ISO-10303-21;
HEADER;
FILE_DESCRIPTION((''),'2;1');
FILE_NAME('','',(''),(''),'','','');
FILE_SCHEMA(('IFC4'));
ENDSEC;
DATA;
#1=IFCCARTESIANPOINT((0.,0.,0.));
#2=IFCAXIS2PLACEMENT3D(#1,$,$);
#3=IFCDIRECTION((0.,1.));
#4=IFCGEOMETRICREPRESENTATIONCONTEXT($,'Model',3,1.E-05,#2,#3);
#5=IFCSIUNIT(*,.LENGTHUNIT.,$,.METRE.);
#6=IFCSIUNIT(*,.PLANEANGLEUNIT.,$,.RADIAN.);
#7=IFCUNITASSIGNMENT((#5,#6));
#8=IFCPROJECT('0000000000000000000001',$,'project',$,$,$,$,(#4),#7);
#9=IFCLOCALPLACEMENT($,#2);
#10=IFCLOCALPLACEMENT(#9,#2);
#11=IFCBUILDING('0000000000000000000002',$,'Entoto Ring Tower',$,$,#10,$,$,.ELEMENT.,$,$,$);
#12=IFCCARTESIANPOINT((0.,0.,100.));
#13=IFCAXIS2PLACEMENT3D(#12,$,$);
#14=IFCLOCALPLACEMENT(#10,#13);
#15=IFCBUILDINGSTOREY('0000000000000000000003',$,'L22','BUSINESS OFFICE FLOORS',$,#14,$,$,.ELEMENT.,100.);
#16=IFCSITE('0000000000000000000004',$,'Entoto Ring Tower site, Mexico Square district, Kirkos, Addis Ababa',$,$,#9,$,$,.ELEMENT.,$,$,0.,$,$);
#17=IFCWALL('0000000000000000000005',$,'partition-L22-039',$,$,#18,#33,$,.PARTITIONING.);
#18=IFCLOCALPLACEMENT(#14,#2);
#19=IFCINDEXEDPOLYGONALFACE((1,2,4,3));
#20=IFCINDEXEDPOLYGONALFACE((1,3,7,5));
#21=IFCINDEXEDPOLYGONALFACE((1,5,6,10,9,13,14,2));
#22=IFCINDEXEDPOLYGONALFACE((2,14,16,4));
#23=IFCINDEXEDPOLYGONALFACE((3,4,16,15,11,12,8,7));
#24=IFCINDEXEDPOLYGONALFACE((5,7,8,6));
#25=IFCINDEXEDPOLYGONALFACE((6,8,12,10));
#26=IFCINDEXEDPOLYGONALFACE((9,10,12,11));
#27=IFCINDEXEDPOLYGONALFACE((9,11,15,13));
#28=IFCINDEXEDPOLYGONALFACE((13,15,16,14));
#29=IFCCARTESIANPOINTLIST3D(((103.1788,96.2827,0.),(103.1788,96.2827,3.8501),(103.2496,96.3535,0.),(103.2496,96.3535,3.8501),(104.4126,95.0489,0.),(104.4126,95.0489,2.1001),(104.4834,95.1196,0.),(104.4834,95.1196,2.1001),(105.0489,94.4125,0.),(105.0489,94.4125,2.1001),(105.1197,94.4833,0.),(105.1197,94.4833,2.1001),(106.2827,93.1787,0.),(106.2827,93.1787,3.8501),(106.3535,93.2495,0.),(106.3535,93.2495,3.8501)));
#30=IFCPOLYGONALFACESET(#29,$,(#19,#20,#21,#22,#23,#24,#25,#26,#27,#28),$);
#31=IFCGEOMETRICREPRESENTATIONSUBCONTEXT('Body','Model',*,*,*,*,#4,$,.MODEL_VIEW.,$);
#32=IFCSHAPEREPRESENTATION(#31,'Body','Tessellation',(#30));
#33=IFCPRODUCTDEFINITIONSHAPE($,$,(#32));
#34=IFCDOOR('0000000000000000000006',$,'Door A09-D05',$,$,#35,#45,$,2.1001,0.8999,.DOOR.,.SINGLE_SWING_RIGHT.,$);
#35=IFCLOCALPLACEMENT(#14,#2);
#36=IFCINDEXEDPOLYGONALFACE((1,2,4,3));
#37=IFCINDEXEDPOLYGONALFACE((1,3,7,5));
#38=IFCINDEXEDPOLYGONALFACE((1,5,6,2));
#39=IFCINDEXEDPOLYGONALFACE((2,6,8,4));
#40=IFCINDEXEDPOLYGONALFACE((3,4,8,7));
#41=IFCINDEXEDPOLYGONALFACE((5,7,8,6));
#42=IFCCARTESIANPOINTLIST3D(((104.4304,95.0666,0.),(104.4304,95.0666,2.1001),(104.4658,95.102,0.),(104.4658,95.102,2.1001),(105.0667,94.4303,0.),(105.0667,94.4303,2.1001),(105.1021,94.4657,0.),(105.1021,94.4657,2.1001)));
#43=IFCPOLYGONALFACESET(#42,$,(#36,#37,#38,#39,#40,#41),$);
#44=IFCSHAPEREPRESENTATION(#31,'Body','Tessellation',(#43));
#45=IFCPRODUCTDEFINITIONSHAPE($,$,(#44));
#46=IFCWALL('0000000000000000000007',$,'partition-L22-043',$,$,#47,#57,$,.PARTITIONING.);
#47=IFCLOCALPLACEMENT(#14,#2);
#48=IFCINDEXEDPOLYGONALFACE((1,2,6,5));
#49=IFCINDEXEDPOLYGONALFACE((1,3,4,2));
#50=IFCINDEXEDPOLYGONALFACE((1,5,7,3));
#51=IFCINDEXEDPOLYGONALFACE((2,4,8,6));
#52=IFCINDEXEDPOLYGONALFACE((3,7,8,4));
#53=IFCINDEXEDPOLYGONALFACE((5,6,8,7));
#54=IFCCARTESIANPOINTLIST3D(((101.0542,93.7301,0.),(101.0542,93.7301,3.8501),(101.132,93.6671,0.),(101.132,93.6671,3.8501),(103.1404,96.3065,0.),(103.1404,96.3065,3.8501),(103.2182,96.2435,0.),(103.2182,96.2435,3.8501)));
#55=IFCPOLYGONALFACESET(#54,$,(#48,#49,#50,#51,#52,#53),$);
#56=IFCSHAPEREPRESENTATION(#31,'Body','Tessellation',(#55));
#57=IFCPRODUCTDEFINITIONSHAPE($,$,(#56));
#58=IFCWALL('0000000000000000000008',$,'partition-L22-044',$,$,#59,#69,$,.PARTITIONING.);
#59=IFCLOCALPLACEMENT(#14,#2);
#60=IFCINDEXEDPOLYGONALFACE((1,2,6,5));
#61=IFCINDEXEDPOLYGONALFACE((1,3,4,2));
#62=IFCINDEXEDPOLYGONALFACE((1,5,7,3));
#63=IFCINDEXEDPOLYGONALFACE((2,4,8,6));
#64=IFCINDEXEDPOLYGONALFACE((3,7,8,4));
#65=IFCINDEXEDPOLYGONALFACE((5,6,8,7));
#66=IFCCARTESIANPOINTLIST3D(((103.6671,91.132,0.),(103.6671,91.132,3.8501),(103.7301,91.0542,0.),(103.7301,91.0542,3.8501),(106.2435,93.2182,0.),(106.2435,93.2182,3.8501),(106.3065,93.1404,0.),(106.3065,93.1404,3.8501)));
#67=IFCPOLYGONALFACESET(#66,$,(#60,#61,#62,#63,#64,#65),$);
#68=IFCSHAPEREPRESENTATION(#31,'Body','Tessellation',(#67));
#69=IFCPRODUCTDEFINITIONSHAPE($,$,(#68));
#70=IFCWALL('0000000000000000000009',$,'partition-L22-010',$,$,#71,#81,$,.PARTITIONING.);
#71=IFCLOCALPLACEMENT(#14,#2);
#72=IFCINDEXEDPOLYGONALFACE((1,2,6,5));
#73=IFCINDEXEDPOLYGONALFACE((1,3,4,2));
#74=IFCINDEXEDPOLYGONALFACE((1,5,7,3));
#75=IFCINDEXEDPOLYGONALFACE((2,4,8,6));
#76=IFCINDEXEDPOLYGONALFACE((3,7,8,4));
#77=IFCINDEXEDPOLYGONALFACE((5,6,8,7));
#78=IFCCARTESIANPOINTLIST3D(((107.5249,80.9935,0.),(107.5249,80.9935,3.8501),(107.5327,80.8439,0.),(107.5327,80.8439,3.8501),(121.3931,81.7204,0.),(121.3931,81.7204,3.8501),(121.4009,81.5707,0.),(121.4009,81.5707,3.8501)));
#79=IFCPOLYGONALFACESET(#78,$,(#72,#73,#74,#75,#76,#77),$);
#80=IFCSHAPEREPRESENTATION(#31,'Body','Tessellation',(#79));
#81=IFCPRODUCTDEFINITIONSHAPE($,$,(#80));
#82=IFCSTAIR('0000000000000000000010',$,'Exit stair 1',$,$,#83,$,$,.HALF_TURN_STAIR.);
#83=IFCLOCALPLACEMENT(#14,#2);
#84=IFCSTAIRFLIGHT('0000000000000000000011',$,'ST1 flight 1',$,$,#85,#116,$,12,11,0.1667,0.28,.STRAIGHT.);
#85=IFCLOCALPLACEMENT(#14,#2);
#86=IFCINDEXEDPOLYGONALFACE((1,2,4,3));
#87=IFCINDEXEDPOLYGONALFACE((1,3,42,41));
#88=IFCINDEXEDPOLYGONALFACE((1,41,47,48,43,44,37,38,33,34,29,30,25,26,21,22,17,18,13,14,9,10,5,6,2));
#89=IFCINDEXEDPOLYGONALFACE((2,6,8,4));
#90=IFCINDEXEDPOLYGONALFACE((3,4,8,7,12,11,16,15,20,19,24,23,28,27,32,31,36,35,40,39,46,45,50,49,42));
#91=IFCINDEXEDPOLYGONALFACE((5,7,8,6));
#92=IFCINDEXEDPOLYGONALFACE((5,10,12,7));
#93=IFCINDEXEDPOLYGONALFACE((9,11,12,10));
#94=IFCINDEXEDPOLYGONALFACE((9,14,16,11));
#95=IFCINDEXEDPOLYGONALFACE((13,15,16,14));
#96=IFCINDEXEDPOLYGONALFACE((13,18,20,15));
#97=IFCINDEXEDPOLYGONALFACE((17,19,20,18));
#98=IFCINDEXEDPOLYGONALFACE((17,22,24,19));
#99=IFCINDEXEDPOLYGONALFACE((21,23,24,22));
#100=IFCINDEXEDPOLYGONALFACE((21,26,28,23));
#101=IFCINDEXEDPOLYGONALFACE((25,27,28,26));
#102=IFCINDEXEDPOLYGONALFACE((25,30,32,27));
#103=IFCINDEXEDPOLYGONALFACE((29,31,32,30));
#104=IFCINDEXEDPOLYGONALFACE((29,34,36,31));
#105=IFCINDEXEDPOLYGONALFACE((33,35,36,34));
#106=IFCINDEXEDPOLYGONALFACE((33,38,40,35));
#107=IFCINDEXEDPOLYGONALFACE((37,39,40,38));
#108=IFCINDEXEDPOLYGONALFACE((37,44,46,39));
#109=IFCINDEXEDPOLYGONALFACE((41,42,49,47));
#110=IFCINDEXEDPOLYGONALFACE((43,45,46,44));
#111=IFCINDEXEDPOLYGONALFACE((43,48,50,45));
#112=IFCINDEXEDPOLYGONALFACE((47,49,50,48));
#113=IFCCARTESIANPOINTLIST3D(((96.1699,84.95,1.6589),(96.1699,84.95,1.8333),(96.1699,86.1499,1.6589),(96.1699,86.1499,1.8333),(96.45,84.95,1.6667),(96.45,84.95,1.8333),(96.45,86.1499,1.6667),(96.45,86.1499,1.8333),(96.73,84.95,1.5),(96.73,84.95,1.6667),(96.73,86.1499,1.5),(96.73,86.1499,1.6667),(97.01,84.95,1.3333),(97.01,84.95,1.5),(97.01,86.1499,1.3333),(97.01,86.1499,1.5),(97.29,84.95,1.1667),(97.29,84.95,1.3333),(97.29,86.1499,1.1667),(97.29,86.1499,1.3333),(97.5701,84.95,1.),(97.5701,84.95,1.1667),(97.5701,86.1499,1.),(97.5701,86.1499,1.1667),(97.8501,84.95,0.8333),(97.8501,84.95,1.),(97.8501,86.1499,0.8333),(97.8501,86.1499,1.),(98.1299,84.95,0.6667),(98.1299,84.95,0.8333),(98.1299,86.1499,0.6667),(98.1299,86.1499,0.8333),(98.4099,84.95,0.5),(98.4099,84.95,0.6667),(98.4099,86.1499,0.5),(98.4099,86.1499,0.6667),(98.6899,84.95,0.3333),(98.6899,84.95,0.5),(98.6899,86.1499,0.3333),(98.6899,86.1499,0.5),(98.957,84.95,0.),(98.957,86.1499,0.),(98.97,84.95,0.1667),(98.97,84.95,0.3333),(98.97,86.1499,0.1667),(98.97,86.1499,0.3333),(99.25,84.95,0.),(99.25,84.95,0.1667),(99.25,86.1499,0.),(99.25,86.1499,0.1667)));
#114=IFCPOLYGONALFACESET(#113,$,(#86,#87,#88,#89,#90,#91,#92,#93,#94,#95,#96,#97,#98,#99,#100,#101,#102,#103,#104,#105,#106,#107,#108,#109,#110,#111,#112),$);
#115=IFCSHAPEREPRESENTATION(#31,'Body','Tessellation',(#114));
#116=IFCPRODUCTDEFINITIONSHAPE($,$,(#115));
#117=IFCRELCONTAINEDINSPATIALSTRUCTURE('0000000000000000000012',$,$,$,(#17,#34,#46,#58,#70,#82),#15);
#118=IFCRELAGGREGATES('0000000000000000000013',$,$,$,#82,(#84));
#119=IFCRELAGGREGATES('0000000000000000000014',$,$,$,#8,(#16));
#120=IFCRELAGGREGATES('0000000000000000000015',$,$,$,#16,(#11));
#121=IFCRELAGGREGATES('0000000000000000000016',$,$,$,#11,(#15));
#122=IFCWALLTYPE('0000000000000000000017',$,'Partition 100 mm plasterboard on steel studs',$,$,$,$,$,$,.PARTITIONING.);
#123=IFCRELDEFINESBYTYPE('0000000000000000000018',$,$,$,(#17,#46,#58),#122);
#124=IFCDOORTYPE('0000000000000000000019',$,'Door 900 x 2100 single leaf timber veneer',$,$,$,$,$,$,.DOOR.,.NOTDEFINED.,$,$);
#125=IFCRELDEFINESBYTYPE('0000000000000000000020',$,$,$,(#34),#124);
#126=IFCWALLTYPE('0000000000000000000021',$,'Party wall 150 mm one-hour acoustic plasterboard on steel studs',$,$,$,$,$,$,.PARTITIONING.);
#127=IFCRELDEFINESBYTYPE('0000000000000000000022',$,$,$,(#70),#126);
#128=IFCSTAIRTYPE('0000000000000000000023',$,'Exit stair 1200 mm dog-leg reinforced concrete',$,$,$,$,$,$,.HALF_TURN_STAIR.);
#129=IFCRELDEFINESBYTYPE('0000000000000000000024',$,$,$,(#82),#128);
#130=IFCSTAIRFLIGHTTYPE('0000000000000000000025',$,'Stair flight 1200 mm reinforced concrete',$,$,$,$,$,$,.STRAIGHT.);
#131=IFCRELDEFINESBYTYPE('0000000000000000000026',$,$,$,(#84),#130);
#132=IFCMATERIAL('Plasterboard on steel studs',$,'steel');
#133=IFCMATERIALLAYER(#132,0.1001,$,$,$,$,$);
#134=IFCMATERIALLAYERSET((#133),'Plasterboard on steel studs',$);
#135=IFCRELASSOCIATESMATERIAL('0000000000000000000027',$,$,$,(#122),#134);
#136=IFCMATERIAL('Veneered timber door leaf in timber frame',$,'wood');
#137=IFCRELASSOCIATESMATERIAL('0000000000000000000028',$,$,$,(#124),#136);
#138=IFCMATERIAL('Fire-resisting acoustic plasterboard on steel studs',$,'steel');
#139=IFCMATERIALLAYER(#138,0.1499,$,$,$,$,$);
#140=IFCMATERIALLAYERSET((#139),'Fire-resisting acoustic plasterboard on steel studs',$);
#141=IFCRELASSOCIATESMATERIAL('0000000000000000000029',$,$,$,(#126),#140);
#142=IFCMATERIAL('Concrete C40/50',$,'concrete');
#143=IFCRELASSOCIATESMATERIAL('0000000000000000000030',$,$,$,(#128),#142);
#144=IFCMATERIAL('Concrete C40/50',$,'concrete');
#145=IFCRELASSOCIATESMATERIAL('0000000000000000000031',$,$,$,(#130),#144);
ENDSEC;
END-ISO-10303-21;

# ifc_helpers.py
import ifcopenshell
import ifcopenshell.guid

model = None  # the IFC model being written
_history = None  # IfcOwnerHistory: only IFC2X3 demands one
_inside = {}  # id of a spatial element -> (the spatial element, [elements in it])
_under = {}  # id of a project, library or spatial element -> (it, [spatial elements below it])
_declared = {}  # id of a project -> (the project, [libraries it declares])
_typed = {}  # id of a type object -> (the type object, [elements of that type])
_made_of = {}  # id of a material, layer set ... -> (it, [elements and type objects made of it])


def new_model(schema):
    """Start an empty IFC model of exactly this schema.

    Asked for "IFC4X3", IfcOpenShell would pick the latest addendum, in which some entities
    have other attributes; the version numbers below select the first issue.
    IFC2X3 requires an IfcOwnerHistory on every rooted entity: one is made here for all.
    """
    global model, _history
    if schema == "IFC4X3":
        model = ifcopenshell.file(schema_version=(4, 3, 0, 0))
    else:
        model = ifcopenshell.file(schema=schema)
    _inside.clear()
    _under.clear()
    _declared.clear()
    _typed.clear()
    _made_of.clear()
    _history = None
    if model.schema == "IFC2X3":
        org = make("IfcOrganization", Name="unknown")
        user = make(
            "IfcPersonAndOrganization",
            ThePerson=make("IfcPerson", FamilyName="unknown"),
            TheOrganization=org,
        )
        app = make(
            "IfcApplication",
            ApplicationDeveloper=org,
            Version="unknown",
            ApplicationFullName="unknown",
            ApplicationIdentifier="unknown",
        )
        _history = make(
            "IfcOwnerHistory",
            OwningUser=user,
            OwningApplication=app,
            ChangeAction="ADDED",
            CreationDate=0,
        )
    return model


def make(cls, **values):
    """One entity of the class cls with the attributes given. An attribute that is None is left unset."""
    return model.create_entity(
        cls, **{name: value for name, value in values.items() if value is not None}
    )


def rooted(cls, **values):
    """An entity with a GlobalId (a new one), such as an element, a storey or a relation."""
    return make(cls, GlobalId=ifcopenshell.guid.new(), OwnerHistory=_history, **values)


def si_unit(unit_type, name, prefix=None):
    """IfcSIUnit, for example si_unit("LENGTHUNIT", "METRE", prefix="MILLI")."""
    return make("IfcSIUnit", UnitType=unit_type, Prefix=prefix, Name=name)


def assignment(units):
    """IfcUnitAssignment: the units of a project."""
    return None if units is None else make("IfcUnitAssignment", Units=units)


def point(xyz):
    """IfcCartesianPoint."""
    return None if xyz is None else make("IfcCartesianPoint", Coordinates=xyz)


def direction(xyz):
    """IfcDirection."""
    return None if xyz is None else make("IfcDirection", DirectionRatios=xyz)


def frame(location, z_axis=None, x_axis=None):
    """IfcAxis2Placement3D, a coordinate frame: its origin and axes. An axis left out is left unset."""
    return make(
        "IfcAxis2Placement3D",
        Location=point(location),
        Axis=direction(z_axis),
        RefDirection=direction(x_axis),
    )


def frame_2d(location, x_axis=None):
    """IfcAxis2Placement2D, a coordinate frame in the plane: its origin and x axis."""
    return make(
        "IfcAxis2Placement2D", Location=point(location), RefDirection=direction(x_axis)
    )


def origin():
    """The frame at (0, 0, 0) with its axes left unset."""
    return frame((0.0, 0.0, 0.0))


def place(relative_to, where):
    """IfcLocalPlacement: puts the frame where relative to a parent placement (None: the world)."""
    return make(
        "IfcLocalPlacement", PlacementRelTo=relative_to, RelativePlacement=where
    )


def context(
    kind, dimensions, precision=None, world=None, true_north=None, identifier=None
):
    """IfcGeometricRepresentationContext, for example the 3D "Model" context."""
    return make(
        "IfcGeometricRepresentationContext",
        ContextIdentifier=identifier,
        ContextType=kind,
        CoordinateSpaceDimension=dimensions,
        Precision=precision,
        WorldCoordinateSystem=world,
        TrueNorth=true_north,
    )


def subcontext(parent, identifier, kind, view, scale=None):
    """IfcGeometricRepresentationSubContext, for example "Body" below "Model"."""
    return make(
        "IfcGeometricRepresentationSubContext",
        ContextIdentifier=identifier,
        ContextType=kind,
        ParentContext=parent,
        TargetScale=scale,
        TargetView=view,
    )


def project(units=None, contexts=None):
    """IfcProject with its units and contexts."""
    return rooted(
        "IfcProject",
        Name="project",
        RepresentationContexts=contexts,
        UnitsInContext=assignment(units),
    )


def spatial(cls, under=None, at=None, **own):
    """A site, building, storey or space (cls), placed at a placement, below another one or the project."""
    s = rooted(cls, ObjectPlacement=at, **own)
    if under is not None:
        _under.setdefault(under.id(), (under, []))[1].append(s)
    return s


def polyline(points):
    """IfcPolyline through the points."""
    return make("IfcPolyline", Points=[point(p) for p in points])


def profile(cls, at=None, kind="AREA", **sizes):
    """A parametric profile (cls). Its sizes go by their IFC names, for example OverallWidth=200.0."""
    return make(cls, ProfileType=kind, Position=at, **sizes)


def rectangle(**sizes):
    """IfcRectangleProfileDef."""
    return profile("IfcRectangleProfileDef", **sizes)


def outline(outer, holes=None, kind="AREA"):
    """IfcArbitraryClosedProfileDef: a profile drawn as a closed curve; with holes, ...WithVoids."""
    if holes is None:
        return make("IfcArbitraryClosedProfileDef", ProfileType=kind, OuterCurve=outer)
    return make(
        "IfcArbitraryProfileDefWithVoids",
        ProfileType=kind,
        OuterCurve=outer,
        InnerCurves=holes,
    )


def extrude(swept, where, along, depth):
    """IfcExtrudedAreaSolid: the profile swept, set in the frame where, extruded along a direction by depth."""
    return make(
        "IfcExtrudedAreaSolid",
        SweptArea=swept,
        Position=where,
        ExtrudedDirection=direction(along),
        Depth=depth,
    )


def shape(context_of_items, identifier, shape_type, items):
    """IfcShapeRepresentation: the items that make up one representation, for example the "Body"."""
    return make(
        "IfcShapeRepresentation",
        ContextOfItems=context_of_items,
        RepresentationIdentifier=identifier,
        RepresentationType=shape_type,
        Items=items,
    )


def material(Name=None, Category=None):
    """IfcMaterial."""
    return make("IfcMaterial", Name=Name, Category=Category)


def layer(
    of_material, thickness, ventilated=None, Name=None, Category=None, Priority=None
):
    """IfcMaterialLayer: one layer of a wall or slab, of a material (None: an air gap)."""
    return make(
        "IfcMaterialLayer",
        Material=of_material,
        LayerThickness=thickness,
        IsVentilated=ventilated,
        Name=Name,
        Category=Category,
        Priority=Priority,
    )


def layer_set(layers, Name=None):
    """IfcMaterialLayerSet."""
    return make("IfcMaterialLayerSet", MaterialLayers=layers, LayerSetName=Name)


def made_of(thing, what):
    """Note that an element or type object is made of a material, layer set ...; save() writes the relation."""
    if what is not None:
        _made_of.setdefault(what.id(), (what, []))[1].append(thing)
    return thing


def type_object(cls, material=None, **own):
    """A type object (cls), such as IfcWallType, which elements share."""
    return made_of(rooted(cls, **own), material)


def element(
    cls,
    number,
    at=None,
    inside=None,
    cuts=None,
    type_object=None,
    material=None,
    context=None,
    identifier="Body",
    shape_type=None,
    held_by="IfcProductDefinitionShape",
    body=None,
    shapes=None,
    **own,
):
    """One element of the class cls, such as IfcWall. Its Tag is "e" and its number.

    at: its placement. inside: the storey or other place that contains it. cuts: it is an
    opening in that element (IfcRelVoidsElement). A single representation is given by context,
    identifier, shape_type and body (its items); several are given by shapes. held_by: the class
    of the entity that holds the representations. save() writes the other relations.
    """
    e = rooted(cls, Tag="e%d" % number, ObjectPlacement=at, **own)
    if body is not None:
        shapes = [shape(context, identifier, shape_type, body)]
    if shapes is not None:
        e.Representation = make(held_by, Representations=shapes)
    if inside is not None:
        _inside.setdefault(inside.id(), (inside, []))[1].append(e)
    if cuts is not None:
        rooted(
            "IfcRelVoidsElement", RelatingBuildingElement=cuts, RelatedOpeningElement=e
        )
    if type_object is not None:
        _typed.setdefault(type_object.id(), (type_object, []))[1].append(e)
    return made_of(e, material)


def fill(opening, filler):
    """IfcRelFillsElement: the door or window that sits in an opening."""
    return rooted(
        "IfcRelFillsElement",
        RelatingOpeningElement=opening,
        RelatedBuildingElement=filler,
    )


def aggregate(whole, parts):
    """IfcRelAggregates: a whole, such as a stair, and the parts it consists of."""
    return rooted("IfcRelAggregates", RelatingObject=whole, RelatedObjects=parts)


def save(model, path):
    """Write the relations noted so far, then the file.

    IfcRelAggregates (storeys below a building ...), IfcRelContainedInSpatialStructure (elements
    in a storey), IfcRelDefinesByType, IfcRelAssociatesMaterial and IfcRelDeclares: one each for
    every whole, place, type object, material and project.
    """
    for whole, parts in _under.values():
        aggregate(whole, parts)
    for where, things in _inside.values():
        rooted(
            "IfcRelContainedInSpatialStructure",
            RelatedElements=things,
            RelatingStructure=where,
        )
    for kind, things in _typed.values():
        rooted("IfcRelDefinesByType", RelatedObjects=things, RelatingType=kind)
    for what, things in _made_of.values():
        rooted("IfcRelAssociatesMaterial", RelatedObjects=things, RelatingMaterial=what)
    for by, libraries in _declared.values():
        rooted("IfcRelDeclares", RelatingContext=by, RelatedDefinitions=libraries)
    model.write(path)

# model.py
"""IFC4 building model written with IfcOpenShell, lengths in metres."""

from ifc_helpers import new_model, si_unit, direction, frame, frame_2d, origin, place, context, subcontext, project, spatial, polyline, rectangle, outline, extrude, material, layer, layer_set, type_object, element, fill, aggregate, save


model = new_model("IFC4")

# Units and contexts
model_context = context("Model", 3, precision=1e-05, world=origin(), true_north=direction((0.0, 1.0)))
body_context = subcontext(model_context, "Body", "Model", "MODEL_VIEW")
ifc_project = project(units=[si_unit("LENGTHUNIT", "METRE"), si_unit("PLANEANGLEUNIT", "RADIAN")], contexts=[model_context])

# Site, building, storey
site_placement = place(None, origin())
site = spatial("IfcSite", under=ifc_project, at=site_placement, Name="Entoto Ring Tower site, Mexico Square district, Kirkos, Addis Ababa", CompositionType="ELEMENT", RefElevation=0.0)
building_placement = place(site_placement, origin())
building = spatial("IfcBuilding", under=site, at=building_placement, Name="Entoto Ring Tower", CompositionType="ELEMENT")
storey_placement = place(building_placement, frame((0.0, 0.0, 100.0)))
storey = spatial("IfcBuildingStorey", under=building, at=storey_placement, Name="L22", Description="BUSINESS OFFICE FLOORS", CompositionType="ELEMENT", Elevation=100.0)

# Shared definitions
ifc_material_1 = material(Name="Plasterboard on steel studs", Category="steel")
ifc_layer_1 = layer(ifc_material_1, 0.1001)
ifc_layer_set_1 = layer_set([ifc_layer_1], Name="Plasterboard on steel studs")
wall_type_1 = type_object("IfcWallType", Name="Partition 100 mm plasterboard on steel studs", PredefinedType="PARTITIONING", material=ifc_layer_set_1)
ifc_material_2 = material(Name="Veneered timber door leaf in timber frame", Category="wood")
door_type_1 = type_object("IfcDoorType", Name="Door 900 x 2100 single leaf timber veneer", OperationType="NOTDEFINED", PredefinedType="DOOR", material=ifc_material_2)

# Wall, opening, door
wall_1_placement = place(storey_placement, frame((106.3181, 93.2141, 0.0), z_axis=(0.0, 0.0, 1.0), x_axis=(-0.707107, 0.707107, 0.0)))
wall_1 = element("IfcWall", 1, at=wall_1_placement, inside=storey, type_object=wall_type_1, Name="partition-L22-039", PredefinedType="PARTITIONING", context=body_context, shape_type="SweptSolid", body=[
    extrude(rectangle(XDim=4.3896, YDim=0.1001, at=frame_2d((2.1948, 0.0))), origin(), (0.0, 0.0, 1.0), 3.8501),
])
opening_1_placement = place(wall_1_placement, frame((1.7449, 0.0, 0.0)))
opening_1 = element("IfcOpeningElement", 2, at=opening_1_placement, cuts=wall_1, PredefinedType="OPENING", context=body_context, shape_type="SweptSolid", body=[
    extrude(rectangle(XDim=0.8999, YDim=2.1001, at=frame_2d((0.45, 1.05))), frame((0.0, 0.0601, 0.0), z_axis=(0.0, -1.0, 0.0), x_axis=(1.0, 0.0, 0.0)), (0.0, 0.0, 1.0), 0.1201),
])
door_1_placement = place(opening_1_placement, origin())
door_1 = element("IfcDoor", 3, at=door_1_placement, inside=storey, type_object=door_type_1, Name="Door A09-D05", OperationType="SINGLE_SWING_RIGHT", OverallHeight=2.1001, OverallWidth=0.8999, PredefinedType="DOOR", context=body_context, shape_type="SweptSolid", body=[
    extrude(rectangle(XDim=0.8999, YDim=2.1001, at=frame_2d((0.45, 1.05))), frame((0.0, 0.0249, 0.0), z_axis=(0.0, -1.0, 0.0), x_axis=(1.0, 0.0, 0.0)), (0.0, 0.0, 1.0), 0.05),
])
fill(opening_1, door_1)

# Walls
for number, where, z_axis, x_axis, name in (
    (4, (101.093, 93.6985, 0.0), (0.0, 0.0, 1.0), (0.629291, 0.777169, 0.0), "partition-L22-043"),
    (5, (103.6985, 91.093, 0.0), (0.0, 0.0, 1.0), (0.777169, 0.629291, 0.0), "partition-L22-044"),
):
    element("IfcWall", number, at=place(storey_placement, frame(where, z_axis=z_axis, x_axis=x_axis)), inside=storey, type_object=wall_type_1, Name=name, PredefinedType="PARTITIONING", context=body_context, shape_type="SweptSolid", body=[
        extrude(rectangle(XDim=3.3152, YDim=0.1001, at=frame_2d((1.6577, 0.0))), origin(), (0.0, 0.0, 1.0), 3.8501),
    ])
ifc_material_3 = material(Name="Fire-resisting acoustic plasterboard on steel studs", Category="steel")
ifc_layer_2 = layer(ifc_material_3, 0.1499)
ifc_layer_set_2 = layer_set([ifc_layer_2], Name="Fire-resisting acoustic plasterboard on steel studs")
wall_type_2 = type_object("IfcWallType", Name="Party wall 150 mm one-hour acoustic plasterboard on steel studs", PredefinedType="PARTITIONING", material=ifc_layer_set_2)
wall_2_placement = place(storey_placement, frame((107.5288, 80.9187, 0.0), z_axis=(0.0, 0.0, 1.0), x_axis=(0.99863, 0.052336, 0.0)))
element("IfcWall", 6, at=wall_2_placement, inside=storey, type_object=wall_type_2, Name="partition-L22-010", PredefinedType="PARTITIONING", context=body_context, shape_type="SweptSolid", body=[
    extrude(rectangle(XDim=13.8872, YDim=0.1499, at=frame_2d((6.9436, 0.0))), origin(), (0.0, 0.0, 1.0), 3.8501),
])

# Stair, stair flight
ifc_material_4 = material(Name="Concrete C40/50", Category="concrete")
stair_type = type_object("IfcStairType", Name="Exit stair 1200 mm dog-leg reinforced concrete", PredefinedType="HALF_TURN_STAIR", material=ifc_material_4)
stair_placement = place(storey_placement, origin())
stair = element("IfcStair", 7, at=stair_placement, inside=storey, type_object=stair_type, Name="Exit stair 1", PredefinedType="HALF_TURN_STAIR")
ifc_material_5 = material(Name="Concrete C40/50", Category="concrete")
stair_flight_type = type_object("IfcStairFlightType", Name="Stair flight 1200 mm reinforced concrete", PredefinedType="STRAIGHT", material=ifc_material_5)
stair_flight_placement = place(storey_placement, frame((99.25, 85.55, 0.0), z_axis=(0.0, 0.0, 1.0), x_axis=(-1.0, 0.0, 0.0)))
stair_flight = element("IfcStairFlight", 8, at=stair_flight_placement, type_object=stair_flight_type, Name="ST1 flight 1", NumberOfRisers=12, NumberOfTreads=11, PredefinedType="STRAIGHT", RiserHeight=0.1667, TreadLength=0.28, context=body_context, shape_type="SweptSolid", body=[
    extrude(outline(polyline([(0.0, 0.0), (0.0, 0.1667), (0.28, 0.1667), (0.28, 0.3333), (0.5601, 0.3333), (0.5601, 0.5), (0.8401, 0.5), (0.8401, 0.6667), (1.1201, 0.6667), (1.1201, 0.8333), (1.3999, 0.8333), (1.3999, 1.0), (1.6799, 1.0), (1.6799, 1.1667), (1.96, 1.1667), (1.96, 1.3333), (2.24, 1.3333), (2.24, 1.5), (2.52, 1.5), (2.52, 1.6667), (2.8, 1.6667), (2.8, 1.8333), (3.0801, 1.8333), (3.0801, 2.0), (3.0801, 1.6589), (0.293, 0.0), (0.0, 0.0)])), frame((0.0, 0.6001, 0.0), z_axis=(0.0, -1.0, 0.0), x_axis=(1.0, 0.0, 0.0)), (0.0, 0.0, 1.0), 1.2),
])
aggregate(stair, [stair_flight])

save(model, "model.ifc")
